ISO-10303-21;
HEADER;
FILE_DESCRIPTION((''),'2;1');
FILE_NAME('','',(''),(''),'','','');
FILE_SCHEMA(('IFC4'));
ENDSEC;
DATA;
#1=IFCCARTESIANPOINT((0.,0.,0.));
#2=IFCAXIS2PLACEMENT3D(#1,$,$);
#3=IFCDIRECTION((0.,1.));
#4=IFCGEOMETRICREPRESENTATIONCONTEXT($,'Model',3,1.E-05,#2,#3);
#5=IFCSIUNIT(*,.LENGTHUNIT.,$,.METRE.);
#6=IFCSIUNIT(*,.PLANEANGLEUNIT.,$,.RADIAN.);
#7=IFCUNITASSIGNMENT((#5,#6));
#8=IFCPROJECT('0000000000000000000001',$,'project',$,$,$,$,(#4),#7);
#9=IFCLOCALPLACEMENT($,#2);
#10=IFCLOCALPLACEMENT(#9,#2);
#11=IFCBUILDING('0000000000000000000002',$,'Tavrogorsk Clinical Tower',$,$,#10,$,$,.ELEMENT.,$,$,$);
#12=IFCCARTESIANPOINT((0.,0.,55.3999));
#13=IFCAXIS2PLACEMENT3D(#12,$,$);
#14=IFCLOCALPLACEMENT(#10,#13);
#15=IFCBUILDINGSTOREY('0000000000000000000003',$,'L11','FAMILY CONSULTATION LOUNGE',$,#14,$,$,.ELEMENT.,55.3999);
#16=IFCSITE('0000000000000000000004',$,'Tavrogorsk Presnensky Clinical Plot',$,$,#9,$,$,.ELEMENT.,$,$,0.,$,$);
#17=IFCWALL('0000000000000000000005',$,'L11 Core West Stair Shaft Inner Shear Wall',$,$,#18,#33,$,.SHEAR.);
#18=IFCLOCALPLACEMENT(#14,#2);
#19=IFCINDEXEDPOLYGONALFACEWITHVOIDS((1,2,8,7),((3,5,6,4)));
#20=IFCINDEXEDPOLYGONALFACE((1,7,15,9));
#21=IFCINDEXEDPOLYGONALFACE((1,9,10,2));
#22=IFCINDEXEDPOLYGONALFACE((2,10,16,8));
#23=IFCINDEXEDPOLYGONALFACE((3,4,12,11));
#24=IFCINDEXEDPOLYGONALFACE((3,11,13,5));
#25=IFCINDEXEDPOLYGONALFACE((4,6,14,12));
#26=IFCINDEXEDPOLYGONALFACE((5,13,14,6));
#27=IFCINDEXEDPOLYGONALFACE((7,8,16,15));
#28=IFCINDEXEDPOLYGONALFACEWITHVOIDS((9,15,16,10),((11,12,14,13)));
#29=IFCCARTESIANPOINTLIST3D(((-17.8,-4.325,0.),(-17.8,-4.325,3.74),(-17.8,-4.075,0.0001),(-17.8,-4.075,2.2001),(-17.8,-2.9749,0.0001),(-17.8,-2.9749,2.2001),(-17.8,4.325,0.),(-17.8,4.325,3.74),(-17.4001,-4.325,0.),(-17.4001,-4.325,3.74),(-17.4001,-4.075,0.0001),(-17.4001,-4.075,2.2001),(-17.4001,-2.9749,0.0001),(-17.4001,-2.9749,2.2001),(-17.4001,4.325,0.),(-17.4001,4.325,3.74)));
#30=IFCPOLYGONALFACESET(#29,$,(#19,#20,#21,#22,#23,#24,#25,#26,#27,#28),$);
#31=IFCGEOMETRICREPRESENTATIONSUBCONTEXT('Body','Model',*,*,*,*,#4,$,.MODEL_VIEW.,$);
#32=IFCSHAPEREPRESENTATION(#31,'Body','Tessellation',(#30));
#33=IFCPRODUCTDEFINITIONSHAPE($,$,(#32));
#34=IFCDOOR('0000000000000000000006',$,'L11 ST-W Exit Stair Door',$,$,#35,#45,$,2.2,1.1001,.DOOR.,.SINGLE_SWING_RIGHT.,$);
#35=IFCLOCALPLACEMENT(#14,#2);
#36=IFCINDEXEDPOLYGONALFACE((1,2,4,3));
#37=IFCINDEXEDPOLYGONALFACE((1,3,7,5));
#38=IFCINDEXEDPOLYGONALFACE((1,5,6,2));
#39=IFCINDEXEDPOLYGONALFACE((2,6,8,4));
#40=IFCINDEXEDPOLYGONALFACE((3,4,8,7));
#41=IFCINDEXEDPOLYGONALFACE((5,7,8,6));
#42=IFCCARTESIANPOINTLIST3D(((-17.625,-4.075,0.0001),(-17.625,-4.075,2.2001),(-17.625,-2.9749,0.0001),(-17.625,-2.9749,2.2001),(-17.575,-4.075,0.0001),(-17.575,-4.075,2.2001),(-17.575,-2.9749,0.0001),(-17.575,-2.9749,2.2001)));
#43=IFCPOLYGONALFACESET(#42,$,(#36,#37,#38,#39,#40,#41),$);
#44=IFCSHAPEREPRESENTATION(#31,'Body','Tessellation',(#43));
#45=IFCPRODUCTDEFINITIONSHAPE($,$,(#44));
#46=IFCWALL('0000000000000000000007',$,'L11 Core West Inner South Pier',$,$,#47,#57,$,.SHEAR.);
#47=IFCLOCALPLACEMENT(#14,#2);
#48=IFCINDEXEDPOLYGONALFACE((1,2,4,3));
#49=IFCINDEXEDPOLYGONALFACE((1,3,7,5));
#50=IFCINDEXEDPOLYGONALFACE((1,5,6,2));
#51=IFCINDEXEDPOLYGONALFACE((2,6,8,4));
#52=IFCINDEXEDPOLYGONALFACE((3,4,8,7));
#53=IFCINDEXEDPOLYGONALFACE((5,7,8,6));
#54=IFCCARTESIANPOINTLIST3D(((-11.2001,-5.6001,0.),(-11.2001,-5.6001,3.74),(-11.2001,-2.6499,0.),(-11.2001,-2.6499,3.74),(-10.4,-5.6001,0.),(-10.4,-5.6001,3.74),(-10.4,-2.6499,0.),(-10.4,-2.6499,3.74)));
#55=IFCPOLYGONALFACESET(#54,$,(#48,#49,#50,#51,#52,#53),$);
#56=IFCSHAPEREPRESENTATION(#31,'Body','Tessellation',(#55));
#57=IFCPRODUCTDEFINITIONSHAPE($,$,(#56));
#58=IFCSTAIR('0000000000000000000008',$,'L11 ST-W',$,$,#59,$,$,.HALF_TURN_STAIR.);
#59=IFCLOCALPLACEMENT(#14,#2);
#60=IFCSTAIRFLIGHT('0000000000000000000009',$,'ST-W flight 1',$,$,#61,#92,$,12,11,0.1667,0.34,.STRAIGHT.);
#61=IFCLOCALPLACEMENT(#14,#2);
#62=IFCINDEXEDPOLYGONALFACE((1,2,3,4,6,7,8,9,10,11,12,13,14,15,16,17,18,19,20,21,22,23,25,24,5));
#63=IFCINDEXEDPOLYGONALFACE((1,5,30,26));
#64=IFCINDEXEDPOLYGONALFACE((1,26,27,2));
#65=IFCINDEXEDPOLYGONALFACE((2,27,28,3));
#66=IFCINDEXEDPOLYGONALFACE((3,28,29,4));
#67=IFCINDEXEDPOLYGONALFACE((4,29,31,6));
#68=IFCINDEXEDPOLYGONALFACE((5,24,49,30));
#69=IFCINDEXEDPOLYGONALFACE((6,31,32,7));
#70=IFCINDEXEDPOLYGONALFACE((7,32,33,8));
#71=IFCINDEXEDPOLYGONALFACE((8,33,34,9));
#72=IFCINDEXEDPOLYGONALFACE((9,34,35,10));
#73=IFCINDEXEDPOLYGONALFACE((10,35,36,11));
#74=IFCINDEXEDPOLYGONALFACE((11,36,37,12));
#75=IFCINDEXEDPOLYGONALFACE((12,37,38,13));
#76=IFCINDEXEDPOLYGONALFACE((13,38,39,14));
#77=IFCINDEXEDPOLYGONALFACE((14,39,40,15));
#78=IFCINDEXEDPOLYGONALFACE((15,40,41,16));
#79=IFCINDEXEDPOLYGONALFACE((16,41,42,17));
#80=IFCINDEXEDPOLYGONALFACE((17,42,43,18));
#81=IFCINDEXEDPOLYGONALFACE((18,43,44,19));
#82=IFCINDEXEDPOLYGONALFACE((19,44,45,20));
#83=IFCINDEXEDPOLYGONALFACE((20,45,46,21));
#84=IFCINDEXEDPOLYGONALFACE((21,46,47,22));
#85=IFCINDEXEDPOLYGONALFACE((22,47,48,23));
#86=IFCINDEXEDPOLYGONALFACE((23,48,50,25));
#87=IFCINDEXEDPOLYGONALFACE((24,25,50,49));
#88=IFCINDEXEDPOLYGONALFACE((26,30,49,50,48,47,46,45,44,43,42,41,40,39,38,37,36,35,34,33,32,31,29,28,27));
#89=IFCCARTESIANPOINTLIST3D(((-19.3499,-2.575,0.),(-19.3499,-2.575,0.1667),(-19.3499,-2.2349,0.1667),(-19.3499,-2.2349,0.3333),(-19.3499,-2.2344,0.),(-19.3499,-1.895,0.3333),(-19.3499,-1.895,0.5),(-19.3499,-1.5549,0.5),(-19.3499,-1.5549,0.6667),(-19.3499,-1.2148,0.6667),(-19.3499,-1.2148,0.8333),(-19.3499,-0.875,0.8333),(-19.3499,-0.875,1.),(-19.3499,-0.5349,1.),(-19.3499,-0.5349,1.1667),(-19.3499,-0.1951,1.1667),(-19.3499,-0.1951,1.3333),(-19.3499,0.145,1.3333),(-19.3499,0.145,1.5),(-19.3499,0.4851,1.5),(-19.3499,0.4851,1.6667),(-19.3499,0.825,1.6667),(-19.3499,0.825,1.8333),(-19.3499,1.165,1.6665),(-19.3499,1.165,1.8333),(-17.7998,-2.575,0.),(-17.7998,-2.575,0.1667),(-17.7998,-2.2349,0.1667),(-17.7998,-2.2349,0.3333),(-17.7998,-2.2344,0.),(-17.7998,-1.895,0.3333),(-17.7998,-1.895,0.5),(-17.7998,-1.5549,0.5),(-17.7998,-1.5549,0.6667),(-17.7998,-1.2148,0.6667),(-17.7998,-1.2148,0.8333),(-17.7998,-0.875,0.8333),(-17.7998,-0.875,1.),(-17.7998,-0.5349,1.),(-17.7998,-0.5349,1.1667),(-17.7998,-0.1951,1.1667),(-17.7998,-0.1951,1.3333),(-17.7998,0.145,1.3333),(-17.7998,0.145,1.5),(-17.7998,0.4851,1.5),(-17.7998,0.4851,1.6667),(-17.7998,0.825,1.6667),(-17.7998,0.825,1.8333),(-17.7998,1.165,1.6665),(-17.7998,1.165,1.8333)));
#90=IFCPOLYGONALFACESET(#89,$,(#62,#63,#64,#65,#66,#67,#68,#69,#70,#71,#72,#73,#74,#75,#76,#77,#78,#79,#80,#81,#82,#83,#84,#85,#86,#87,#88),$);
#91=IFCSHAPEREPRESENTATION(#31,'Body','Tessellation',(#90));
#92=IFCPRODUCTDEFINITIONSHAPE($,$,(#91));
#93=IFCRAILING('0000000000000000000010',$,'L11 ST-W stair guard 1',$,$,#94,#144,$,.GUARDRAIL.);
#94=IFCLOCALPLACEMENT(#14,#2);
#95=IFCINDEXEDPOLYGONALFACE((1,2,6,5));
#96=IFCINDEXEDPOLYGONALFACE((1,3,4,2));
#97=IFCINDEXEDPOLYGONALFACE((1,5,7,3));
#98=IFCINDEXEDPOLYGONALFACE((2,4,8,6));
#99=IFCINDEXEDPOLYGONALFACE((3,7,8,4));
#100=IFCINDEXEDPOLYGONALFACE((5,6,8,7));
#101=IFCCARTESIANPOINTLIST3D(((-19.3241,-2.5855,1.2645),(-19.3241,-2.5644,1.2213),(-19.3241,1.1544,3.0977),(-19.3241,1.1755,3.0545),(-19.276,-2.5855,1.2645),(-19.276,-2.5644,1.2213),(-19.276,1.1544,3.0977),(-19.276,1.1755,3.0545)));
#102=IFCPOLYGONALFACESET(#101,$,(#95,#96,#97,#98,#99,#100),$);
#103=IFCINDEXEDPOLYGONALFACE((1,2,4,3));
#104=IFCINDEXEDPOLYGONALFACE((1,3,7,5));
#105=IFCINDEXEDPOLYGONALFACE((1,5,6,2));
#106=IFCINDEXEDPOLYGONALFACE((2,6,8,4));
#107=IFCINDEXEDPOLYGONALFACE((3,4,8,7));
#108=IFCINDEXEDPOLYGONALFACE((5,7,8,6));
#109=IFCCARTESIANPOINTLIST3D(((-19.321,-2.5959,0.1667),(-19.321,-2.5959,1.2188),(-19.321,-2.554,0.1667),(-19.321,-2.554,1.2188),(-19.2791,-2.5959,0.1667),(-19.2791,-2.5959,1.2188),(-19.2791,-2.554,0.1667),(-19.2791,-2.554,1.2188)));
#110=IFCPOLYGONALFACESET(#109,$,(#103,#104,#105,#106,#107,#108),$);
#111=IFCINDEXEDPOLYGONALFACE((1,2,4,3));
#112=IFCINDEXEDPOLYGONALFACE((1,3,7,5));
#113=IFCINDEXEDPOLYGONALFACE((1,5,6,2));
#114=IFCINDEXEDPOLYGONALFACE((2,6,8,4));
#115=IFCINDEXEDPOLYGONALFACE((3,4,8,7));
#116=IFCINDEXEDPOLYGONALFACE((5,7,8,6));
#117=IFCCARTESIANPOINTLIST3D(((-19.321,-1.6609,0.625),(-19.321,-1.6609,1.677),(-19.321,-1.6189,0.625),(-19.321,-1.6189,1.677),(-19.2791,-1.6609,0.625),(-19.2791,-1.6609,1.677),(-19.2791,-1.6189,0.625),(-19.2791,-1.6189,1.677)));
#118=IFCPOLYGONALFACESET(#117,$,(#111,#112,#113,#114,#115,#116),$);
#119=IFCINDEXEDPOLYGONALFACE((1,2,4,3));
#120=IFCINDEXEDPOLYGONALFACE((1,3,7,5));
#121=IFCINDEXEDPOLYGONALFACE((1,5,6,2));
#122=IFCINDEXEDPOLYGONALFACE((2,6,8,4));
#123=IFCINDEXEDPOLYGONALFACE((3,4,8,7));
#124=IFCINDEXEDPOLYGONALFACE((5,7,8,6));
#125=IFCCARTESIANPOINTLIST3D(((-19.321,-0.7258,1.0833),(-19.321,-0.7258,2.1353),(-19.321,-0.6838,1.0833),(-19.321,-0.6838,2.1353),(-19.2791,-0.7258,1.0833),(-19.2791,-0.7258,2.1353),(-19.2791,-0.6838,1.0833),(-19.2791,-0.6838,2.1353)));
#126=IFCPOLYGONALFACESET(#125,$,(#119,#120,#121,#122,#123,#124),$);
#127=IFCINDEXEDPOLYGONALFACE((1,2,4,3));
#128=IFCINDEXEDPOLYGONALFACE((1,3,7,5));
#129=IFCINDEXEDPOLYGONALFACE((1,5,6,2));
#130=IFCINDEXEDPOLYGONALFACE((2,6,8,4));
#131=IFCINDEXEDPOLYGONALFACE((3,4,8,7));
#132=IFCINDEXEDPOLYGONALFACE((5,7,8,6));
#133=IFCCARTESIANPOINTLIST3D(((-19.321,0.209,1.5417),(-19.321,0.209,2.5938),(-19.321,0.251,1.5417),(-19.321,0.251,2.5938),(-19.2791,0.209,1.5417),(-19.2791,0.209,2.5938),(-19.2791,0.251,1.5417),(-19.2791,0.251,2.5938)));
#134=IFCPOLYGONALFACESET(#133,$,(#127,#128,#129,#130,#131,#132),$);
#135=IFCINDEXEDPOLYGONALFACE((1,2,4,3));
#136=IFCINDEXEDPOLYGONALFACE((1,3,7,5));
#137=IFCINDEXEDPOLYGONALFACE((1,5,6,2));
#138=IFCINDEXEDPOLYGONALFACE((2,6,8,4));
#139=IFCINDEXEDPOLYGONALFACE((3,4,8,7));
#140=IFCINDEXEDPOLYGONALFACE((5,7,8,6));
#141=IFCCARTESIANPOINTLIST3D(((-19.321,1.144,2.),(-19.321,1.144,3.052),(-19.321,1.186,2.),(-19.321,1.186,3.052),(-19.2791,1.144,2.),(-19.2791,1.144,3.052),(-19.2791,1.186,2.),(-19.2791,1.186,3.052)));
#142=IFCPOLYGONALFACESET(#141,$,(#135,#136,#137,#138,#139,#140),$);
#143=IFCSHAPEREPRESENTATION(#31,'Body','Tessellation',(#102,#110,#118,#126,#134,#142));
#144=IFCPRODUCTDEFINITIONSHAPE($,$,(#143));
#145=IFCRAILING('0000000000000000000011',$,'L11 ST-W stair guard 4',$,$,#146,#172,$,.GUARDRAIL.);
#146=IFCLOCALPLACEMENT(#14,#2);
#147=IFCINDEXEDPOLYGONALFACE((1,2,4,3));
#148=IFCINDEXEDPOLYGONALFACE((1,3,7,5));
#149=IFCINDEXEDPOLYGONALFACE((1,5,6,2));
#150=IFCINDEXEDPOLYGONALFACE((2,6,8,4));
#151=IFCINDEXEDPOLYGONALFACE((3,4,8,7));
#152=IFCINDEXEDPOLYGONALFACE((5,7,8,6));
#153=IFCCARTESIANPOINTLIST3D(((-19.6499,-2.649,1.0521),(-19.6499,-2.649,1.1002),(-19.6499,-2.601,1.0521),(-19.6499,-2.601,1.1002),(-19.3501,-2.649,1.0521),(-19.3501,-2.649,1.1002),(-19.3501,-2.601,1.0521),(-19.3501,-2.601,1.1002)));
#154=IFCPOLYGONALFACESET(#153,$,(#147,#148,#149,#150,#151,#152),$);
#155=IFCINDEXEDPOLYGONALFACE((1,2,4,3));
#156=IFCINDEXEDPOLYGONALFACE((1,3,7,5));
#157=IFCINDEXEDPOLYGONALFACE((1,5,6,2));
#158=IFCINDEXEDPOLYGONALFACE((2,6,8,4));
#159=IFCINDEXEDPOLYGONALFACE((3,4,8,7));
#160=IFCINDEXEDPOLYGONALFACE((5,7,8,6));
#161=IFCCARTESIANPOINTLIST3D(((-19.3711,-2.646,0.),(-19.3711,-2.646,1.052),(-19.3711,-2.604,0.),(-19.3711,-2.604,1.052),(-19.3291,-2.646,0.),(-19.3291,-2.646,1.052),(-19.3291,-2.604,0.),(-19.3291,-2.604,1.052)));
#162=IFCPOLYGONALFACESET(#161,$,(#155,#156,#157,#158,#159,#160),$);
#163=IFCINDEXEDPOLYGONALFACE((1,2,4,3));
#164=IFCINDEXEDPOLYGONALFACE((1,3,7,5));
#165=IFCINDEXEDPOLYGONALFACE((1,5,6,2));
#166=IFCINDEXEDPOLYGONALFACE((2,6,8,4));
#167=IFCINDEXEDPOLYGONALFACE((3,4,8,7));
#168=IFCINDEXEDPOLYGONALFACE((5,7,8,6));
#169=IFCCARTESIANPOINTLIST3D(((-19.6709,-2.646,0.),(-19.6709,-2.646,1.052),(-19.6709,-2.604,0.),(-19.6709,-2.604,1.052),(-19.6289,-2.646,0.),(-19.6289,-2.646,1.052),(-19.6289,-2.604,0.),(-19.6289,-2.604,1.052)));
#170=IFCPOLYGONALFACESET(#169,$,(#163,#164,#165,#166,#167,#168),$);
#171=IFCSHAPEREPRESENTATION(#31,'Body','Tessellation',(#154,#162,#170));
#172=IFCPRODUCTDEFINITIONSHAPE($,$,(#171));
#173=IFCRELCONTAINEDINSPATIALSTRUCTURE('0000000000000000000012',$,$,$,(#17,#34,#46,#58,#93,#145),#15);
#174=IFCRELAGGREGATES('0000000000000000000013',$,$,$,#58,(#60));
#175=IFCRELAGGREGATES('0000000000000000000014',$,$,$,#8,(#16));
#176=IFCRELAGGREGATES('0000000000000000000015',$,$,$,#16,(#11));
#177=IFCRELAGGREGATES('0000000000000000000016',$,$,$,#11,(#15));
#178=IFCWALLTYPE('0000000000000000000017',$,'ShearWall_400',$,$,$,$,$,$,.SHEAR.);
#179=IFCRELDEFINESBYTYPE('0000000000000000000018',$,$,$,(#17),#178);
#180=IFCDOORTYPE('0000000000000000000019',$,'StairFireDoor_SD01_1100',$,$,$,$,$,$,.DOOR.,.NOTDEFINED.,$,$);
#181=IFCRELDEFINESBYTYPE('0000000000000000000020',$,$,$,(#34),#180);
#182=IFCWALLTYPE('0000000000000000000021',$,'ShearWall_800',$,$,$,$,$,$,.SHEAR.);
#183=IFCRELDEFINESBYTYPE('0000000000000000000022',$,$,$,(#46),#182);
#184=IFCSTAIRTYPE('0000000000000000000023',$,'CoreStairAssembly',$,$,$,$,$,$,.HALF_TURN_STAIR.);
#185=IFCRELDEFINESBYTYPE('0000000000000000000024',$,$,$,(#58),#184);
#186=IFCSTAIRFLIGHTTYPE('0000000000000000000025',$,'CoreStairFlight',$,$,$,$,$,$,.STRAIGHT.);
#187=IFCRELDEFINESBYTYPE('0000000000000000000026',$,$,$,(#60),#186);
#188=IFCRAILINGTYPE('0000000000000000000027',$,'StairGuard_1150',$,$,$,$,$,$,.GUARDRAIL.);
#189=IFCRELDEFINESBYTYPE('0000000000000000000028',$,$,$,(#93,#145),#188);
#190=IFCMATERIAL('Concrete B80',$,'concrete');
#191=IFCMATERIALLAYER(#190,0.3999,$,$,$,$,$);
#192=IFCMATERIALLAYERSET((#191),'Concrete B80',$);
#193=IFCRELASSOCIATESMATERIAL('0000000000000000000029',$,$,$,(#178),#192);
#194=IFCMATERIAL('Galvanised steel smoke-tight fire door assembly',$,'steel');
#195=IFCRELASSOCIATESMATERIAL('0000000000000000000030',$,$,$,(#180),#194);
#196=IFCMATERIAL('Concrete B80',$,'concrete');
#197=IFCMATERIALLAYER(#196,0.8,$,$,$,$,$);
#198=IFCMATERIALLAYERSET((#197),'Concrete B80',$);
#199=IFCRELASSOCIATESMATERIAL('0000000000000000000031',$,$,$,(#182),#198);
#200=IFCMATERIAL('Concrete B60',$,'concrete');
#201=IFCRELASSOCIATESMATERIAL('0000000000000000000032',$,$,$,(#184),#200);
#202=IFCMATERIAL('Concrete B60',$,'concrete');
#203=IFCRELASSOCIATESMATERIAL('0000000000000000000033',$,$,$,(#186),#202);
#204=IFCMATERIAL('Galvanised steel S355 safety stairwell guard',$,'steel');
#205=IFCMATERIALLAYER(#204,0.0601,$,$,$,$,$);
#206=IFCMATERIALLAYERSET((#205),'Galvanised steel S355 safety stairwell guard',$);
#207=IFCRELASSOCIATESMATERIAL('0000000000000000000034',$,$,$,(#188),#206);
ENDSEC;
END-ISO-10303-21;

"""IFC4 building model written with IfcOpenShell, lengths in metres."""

from ifc_helpers import new_model, si_unit, direction, frame, frame_2d, origin, origin_2d, place, context, subcontext, project, spatial, polyline, rectangle, outline, extrude, material, layer, layer_set, type_object, element, fill, aggregate, save


model = new_model("IFC4")

# Units and contexts
model_context = context("Model", 3, precision=1e-05, world=origin(), true_north=direction((0.0, 1.0)))
body_context = subcontext(model_context, "Body", "Model", "MODEL_VIEW")
ifc_project = project(units=[si_unit("LENGTHUNIT", "METRE"), si_unit("PLANEANGLEUNIT", "RADIAN")], contexts=[model_context])

# Site, building, storey
site_placement = place(None, origin())
site = spatial("IfcSite", under=ifc_project, at=site_placement, Name="Tavrogorsk Presnensky Clinical Plot", CompositionType="ELEMENT", RefElevation=0.0)
building_placement = place(site_placement, origin())
building = spatial("IfcBuilding", under=site, at=building_placement, Name="Tavrogorsk Clinical Tower", CompositionType="ELEMENT")
storey_placement = place(building_placement, frame((0.0, 0.0, 55.3999)))
storey = spatial("IfcBuildingStorey", under=building, at=storey_placement, Name="L11", Description="FAMILY CONSULTATION LOUNGE", CompositionType="ELEMENT", Elevation=55.3999)

# Wall, opening, door
ifc_material_1 = material(Name="Concrete B80", Category="concrete")
ifc_layer_1 = layer(ifc_material_1, 0.3999)
ifc_layer_set_1 = layer_set([ifc_layer_1], Name="Concrete B80")
wall_type_1 = type_object("IfcWallType", Name="ShearWall_400", PredefinedType="SHEAR", material=ifc_layer_set_1)
wall_1_placement = place(storey_placement, frame((-17.6001, -4.325, 0.0), z_axis=(0.0, 0.0, 1.0), x_axis=(0.0, 1.0, 0.0)))
wall_1 = element("IfcWall", 1, at=wall_1_placement, inside=storey, type_object=wall_type_1, Name="L11 Core West Stair Shaft Inner Shear Wall", PredefinedType="SHEAR", context=body_context, shape_type="SweptSolid", body=[
    extrude(rectangle(XDim=8.6499, YDim=0.3999, at=frame_2d((4.325, 0.0))), origin(), (0.0, 0.0, 1.0), 3.74),
])
opening_1_placement = place(wall_1_placement, frame((0.25, 0.0, 0.0)))
opening_1 = element("IfcOpeningElement", 2, at=opening_1_placement, cuts=wall_1, PredefinedType="OPENING", context=body_context, shape_type="SweptSolid", body=[
    extrude(rectangle(XDim=1.1001, YDim=2.2, at=frame_2d((0.55, 1.1001))), frame((0.0, 0.21, 0.0), z_axis=(0.0, -1.0, 0.0), x_axis=(1.0, 0.0, 0.0)), (0.0, 0.0, 1.0), 0.4199),
])
ifc_material_2 = material(Name="Galvanised steel smoke-tight fire door assembly", Category="steel")
door_type_1 = type_object("IfcDoorType", Name="StairFireDoor_SD01_1100", OperationType="NOTDEFINED", PredefinedType="DOOR", material=ifc_material_2)
door_1_placement = place(opening_1_placement, origin())
door_1 = element("IfcDoor", 3, at=door_1_placement, inside=storey, type_object=door_type_1, Name="L11 ST-W Exit Stair Door", OperationType="SINGLE_SWING_RIGHT", OverallHeight=2.2, OverallWidth=1.1001, PredefinedType="DOOR", context=body_context, shape_type="SweptSolid", body=[
    extrude(rectangle(XDim=1.1001, YDim=2.2, at=frame_2d((0.55, 1.1001))), frame((0.0, 0.0249, 0.0), z_axis=(0.0, -1.0, 0.0), x_axis=(1.0, 0.0, 0.0)), (0.0, 0.0, 1.0), 0.05),
])
fill(opening_1, door_1)

# Wall
ifc_material_3 = material(Name="Concrete B80", Category="concrete")
ifc_layer_2 = layer(ifc_material_3, 0.8)
ifc_layer_set_2 = layer_set([ifc_layer_2], Name="Concrete B80")
wall_type_2 = type_object("IfcWallType", Name="ShearWall_800", PredefinedType="SHEAR", material=ifc_layer_set_2)
wall_2_placement = place(storey_placement, frame((-10.8, -5.6001, 0.0), z_axis=(0.0, 0.0, 1.0), x_axis=(0.0, 1.0, 0.0)))
element("IfcWall", 4, at=wall_2_placement, inside=storey, type_object=wall_type_2, Name="L11 Core West Inner South Pier", PredefinedType="SHEAR", context=body_context, shape_type="SweptSolid", body=[
    extrude(rectangle(XDim=2.9502, YDim=0.8, at=frame_2d((1.4751, 0.0))), origin(), (0.0, 0.0, 1.0), 3.74),
])

# Stair, stair flight
ifc_material_4 = material(Name="Concrete B60", Category="concrete")
stair_type = type_object("IfcStairType", Name="CoreStairAssembly", PredefinedType="HALF_TURN_STAIR", material=ifc_material_4)
stair_placement = place(storey_placement, origin())
stair = element("IfcStair", 5, at=stair_placement, inside=storey, type_object=stair_type, Name="L11 ST-W", PredefinedType="HALF_TURN_STAIR")
ifc_material_5 = material(Name="Concrete B60", Category="concrete")
stair_flight_type = type_object("IfcStairFlightType", Name="CoreStairFlight", PredefinedType="STRAIGHT", material=ifc_material_5)
stair_flight_placement = place(storey_placement, frame((-18.575, -2.575, 0.0), z_axis=(0.0, 0.0, 1.0), x_axis=(0.0, 1.0, 0.0)))
stair_flight = element("IfcStairFlight", 6, at=stair_flight_placement, type_object=stair_flight_type, Name="ST-W flight 1", NumberOfRisers=12, NumberOfTreads=11, PredefinedType="STRAIGHT", RiserHeight=0.1667, TreadLength=0.34, context=body_context, shape_type="SweptSolid", body=[
    extrude(outline(polyline([(0.0, 0.0), (0.0, 0.1667), (0.3401, 0.1667), (0.3401, 0.3333), (0.6799, 0.3333), (0.6799, 0.5), (1.02, 0.5), (1.02, 0.6667), (1.3601, 0.6667), (1.3601, 0.8333), (1.7, 0.8333), (1.7, 1.0), (2.04, 1.0), (2.04, 1.1667), (2.3799, 1.1667), (2.3799, 1.3333), (2.72, 1.3333), (2.72, 1.5), (3.0601, 1.5), (3.0601, 1.6667), (3.3999, 1.6667), (3.3999, 1.8333), (3.74, 1.8333), (3.74, 2.0), (3.74, 1.6665), (0.3406, 0.0), (0.0, 0.0)])), frame((0.0, 0.7749, 0.0), z_axis=(0.0, -1.0, 0.0), x_axis=(1.0, 0.0, 0.0)), (0.0, 0.0, 1.0), 1.55),
])
aggregate(stair, [stair_flight])

# Railings
ifc_material_6 = material(Name="Galvanised steel S355 safety stairwell guard", Category="steel")
ifc_layer_3 = layer(ifc_material_6, 0.0601)
ifc_layer_set_3 = layer_set([ifc_layer_3], Name="Galvanised steel S355 safety stairwell guard")
railing_type_1 = type_object("IfcRailingType", Name="StairGuard_1150", PredefinedType="GUARDRAIL", material=ifc_layer_set_3)
railing_1_placement = place(storey_placement, frame((-19.3, -2.575, 0.1667)))
element("IfcRailing", 7, at=railing_1_placement, inside=storey, type_object=railing_type_1, Name="L11 ST-W stair guard 1", PredefinedType="GUARDRAIL", context=body_context, shape_type="SweptSolid", body=[
    extrude(rectangle(XDim=0.0481, YDim=0.0481, at=origin_2d()), frame((0.0, 0.0, 1.0762), z_axis=(0.0, 0.897928, 0.440142), x_axis=(-1.0, 0.0, 0.0)), (0.0, 0.0, 1.0), 4.165),
    extrude(rectangle(XDim=0.042, YDim=0.042, at=origin_2d()), origin(), (0.0, 0.0, 1.0), 1.052),
    extrude(rectangle(XDim=0.042, YDim=0.042, at=origin_2d()), frame((0.0, 0.9351, 0.4583)), (0.0, 0.0, 1.0), 1.052),
    extrude(rectangle(XDim=0.042, YDim=0.042, at=origin_2d()), frame((0.0, 1.8701, 0.9165)), (0.0, 0.0, 1.0), 1.052),
    extrude(rectangle(XDim=0.042, YDim=0.042, at=origin_2d()), frame((0.0, 2.8049, 1.375)), (0.0, 0.0, 1.0), 1.052),
    extrude(rectangle(XDim=0.042, YDim=0.042, at=origin_2d()), frame((0.0, 3.74, 1.8333)), (0.0, 0.0, 1.0), 1.052),
])
railing_2_placement = place(storey_placement, frame((-19.3501, -2.625, 0.0)))
element("IfcRailing", 8, at=railing_2_placement, inside=storey, type_object=railing_type_1, Name="L11 ST-W stair guard 4", PredefinedType="GUARDRAIL", context=body_context, shape_type="SweptSolid", body=[
    extrude(rectangle(XDim=0.0481, YDim=0.0481, at=origin_2d()), frame((0.0, 0.0, 1.0762), z_axis=(-1.0, 0.0, 0.0), x_axis=(0.0, -1.0, 0.0)), (0.0, 0.0, 1.0), 0.2998),
    extrude(rectangle(XDim=0.042, YDim=0.042, at=origin_2d()), origin(), (0.0, 0.0, 1.0), 1.052),
    extrude(rectangle(XDim=0.042, YDim=0.042, at=origin_2d()), frame((-0.2998, 0.0, 0.0)), (0.0, 0.0, 1.0), 1.052),
])

save(model, "model.ifc")
